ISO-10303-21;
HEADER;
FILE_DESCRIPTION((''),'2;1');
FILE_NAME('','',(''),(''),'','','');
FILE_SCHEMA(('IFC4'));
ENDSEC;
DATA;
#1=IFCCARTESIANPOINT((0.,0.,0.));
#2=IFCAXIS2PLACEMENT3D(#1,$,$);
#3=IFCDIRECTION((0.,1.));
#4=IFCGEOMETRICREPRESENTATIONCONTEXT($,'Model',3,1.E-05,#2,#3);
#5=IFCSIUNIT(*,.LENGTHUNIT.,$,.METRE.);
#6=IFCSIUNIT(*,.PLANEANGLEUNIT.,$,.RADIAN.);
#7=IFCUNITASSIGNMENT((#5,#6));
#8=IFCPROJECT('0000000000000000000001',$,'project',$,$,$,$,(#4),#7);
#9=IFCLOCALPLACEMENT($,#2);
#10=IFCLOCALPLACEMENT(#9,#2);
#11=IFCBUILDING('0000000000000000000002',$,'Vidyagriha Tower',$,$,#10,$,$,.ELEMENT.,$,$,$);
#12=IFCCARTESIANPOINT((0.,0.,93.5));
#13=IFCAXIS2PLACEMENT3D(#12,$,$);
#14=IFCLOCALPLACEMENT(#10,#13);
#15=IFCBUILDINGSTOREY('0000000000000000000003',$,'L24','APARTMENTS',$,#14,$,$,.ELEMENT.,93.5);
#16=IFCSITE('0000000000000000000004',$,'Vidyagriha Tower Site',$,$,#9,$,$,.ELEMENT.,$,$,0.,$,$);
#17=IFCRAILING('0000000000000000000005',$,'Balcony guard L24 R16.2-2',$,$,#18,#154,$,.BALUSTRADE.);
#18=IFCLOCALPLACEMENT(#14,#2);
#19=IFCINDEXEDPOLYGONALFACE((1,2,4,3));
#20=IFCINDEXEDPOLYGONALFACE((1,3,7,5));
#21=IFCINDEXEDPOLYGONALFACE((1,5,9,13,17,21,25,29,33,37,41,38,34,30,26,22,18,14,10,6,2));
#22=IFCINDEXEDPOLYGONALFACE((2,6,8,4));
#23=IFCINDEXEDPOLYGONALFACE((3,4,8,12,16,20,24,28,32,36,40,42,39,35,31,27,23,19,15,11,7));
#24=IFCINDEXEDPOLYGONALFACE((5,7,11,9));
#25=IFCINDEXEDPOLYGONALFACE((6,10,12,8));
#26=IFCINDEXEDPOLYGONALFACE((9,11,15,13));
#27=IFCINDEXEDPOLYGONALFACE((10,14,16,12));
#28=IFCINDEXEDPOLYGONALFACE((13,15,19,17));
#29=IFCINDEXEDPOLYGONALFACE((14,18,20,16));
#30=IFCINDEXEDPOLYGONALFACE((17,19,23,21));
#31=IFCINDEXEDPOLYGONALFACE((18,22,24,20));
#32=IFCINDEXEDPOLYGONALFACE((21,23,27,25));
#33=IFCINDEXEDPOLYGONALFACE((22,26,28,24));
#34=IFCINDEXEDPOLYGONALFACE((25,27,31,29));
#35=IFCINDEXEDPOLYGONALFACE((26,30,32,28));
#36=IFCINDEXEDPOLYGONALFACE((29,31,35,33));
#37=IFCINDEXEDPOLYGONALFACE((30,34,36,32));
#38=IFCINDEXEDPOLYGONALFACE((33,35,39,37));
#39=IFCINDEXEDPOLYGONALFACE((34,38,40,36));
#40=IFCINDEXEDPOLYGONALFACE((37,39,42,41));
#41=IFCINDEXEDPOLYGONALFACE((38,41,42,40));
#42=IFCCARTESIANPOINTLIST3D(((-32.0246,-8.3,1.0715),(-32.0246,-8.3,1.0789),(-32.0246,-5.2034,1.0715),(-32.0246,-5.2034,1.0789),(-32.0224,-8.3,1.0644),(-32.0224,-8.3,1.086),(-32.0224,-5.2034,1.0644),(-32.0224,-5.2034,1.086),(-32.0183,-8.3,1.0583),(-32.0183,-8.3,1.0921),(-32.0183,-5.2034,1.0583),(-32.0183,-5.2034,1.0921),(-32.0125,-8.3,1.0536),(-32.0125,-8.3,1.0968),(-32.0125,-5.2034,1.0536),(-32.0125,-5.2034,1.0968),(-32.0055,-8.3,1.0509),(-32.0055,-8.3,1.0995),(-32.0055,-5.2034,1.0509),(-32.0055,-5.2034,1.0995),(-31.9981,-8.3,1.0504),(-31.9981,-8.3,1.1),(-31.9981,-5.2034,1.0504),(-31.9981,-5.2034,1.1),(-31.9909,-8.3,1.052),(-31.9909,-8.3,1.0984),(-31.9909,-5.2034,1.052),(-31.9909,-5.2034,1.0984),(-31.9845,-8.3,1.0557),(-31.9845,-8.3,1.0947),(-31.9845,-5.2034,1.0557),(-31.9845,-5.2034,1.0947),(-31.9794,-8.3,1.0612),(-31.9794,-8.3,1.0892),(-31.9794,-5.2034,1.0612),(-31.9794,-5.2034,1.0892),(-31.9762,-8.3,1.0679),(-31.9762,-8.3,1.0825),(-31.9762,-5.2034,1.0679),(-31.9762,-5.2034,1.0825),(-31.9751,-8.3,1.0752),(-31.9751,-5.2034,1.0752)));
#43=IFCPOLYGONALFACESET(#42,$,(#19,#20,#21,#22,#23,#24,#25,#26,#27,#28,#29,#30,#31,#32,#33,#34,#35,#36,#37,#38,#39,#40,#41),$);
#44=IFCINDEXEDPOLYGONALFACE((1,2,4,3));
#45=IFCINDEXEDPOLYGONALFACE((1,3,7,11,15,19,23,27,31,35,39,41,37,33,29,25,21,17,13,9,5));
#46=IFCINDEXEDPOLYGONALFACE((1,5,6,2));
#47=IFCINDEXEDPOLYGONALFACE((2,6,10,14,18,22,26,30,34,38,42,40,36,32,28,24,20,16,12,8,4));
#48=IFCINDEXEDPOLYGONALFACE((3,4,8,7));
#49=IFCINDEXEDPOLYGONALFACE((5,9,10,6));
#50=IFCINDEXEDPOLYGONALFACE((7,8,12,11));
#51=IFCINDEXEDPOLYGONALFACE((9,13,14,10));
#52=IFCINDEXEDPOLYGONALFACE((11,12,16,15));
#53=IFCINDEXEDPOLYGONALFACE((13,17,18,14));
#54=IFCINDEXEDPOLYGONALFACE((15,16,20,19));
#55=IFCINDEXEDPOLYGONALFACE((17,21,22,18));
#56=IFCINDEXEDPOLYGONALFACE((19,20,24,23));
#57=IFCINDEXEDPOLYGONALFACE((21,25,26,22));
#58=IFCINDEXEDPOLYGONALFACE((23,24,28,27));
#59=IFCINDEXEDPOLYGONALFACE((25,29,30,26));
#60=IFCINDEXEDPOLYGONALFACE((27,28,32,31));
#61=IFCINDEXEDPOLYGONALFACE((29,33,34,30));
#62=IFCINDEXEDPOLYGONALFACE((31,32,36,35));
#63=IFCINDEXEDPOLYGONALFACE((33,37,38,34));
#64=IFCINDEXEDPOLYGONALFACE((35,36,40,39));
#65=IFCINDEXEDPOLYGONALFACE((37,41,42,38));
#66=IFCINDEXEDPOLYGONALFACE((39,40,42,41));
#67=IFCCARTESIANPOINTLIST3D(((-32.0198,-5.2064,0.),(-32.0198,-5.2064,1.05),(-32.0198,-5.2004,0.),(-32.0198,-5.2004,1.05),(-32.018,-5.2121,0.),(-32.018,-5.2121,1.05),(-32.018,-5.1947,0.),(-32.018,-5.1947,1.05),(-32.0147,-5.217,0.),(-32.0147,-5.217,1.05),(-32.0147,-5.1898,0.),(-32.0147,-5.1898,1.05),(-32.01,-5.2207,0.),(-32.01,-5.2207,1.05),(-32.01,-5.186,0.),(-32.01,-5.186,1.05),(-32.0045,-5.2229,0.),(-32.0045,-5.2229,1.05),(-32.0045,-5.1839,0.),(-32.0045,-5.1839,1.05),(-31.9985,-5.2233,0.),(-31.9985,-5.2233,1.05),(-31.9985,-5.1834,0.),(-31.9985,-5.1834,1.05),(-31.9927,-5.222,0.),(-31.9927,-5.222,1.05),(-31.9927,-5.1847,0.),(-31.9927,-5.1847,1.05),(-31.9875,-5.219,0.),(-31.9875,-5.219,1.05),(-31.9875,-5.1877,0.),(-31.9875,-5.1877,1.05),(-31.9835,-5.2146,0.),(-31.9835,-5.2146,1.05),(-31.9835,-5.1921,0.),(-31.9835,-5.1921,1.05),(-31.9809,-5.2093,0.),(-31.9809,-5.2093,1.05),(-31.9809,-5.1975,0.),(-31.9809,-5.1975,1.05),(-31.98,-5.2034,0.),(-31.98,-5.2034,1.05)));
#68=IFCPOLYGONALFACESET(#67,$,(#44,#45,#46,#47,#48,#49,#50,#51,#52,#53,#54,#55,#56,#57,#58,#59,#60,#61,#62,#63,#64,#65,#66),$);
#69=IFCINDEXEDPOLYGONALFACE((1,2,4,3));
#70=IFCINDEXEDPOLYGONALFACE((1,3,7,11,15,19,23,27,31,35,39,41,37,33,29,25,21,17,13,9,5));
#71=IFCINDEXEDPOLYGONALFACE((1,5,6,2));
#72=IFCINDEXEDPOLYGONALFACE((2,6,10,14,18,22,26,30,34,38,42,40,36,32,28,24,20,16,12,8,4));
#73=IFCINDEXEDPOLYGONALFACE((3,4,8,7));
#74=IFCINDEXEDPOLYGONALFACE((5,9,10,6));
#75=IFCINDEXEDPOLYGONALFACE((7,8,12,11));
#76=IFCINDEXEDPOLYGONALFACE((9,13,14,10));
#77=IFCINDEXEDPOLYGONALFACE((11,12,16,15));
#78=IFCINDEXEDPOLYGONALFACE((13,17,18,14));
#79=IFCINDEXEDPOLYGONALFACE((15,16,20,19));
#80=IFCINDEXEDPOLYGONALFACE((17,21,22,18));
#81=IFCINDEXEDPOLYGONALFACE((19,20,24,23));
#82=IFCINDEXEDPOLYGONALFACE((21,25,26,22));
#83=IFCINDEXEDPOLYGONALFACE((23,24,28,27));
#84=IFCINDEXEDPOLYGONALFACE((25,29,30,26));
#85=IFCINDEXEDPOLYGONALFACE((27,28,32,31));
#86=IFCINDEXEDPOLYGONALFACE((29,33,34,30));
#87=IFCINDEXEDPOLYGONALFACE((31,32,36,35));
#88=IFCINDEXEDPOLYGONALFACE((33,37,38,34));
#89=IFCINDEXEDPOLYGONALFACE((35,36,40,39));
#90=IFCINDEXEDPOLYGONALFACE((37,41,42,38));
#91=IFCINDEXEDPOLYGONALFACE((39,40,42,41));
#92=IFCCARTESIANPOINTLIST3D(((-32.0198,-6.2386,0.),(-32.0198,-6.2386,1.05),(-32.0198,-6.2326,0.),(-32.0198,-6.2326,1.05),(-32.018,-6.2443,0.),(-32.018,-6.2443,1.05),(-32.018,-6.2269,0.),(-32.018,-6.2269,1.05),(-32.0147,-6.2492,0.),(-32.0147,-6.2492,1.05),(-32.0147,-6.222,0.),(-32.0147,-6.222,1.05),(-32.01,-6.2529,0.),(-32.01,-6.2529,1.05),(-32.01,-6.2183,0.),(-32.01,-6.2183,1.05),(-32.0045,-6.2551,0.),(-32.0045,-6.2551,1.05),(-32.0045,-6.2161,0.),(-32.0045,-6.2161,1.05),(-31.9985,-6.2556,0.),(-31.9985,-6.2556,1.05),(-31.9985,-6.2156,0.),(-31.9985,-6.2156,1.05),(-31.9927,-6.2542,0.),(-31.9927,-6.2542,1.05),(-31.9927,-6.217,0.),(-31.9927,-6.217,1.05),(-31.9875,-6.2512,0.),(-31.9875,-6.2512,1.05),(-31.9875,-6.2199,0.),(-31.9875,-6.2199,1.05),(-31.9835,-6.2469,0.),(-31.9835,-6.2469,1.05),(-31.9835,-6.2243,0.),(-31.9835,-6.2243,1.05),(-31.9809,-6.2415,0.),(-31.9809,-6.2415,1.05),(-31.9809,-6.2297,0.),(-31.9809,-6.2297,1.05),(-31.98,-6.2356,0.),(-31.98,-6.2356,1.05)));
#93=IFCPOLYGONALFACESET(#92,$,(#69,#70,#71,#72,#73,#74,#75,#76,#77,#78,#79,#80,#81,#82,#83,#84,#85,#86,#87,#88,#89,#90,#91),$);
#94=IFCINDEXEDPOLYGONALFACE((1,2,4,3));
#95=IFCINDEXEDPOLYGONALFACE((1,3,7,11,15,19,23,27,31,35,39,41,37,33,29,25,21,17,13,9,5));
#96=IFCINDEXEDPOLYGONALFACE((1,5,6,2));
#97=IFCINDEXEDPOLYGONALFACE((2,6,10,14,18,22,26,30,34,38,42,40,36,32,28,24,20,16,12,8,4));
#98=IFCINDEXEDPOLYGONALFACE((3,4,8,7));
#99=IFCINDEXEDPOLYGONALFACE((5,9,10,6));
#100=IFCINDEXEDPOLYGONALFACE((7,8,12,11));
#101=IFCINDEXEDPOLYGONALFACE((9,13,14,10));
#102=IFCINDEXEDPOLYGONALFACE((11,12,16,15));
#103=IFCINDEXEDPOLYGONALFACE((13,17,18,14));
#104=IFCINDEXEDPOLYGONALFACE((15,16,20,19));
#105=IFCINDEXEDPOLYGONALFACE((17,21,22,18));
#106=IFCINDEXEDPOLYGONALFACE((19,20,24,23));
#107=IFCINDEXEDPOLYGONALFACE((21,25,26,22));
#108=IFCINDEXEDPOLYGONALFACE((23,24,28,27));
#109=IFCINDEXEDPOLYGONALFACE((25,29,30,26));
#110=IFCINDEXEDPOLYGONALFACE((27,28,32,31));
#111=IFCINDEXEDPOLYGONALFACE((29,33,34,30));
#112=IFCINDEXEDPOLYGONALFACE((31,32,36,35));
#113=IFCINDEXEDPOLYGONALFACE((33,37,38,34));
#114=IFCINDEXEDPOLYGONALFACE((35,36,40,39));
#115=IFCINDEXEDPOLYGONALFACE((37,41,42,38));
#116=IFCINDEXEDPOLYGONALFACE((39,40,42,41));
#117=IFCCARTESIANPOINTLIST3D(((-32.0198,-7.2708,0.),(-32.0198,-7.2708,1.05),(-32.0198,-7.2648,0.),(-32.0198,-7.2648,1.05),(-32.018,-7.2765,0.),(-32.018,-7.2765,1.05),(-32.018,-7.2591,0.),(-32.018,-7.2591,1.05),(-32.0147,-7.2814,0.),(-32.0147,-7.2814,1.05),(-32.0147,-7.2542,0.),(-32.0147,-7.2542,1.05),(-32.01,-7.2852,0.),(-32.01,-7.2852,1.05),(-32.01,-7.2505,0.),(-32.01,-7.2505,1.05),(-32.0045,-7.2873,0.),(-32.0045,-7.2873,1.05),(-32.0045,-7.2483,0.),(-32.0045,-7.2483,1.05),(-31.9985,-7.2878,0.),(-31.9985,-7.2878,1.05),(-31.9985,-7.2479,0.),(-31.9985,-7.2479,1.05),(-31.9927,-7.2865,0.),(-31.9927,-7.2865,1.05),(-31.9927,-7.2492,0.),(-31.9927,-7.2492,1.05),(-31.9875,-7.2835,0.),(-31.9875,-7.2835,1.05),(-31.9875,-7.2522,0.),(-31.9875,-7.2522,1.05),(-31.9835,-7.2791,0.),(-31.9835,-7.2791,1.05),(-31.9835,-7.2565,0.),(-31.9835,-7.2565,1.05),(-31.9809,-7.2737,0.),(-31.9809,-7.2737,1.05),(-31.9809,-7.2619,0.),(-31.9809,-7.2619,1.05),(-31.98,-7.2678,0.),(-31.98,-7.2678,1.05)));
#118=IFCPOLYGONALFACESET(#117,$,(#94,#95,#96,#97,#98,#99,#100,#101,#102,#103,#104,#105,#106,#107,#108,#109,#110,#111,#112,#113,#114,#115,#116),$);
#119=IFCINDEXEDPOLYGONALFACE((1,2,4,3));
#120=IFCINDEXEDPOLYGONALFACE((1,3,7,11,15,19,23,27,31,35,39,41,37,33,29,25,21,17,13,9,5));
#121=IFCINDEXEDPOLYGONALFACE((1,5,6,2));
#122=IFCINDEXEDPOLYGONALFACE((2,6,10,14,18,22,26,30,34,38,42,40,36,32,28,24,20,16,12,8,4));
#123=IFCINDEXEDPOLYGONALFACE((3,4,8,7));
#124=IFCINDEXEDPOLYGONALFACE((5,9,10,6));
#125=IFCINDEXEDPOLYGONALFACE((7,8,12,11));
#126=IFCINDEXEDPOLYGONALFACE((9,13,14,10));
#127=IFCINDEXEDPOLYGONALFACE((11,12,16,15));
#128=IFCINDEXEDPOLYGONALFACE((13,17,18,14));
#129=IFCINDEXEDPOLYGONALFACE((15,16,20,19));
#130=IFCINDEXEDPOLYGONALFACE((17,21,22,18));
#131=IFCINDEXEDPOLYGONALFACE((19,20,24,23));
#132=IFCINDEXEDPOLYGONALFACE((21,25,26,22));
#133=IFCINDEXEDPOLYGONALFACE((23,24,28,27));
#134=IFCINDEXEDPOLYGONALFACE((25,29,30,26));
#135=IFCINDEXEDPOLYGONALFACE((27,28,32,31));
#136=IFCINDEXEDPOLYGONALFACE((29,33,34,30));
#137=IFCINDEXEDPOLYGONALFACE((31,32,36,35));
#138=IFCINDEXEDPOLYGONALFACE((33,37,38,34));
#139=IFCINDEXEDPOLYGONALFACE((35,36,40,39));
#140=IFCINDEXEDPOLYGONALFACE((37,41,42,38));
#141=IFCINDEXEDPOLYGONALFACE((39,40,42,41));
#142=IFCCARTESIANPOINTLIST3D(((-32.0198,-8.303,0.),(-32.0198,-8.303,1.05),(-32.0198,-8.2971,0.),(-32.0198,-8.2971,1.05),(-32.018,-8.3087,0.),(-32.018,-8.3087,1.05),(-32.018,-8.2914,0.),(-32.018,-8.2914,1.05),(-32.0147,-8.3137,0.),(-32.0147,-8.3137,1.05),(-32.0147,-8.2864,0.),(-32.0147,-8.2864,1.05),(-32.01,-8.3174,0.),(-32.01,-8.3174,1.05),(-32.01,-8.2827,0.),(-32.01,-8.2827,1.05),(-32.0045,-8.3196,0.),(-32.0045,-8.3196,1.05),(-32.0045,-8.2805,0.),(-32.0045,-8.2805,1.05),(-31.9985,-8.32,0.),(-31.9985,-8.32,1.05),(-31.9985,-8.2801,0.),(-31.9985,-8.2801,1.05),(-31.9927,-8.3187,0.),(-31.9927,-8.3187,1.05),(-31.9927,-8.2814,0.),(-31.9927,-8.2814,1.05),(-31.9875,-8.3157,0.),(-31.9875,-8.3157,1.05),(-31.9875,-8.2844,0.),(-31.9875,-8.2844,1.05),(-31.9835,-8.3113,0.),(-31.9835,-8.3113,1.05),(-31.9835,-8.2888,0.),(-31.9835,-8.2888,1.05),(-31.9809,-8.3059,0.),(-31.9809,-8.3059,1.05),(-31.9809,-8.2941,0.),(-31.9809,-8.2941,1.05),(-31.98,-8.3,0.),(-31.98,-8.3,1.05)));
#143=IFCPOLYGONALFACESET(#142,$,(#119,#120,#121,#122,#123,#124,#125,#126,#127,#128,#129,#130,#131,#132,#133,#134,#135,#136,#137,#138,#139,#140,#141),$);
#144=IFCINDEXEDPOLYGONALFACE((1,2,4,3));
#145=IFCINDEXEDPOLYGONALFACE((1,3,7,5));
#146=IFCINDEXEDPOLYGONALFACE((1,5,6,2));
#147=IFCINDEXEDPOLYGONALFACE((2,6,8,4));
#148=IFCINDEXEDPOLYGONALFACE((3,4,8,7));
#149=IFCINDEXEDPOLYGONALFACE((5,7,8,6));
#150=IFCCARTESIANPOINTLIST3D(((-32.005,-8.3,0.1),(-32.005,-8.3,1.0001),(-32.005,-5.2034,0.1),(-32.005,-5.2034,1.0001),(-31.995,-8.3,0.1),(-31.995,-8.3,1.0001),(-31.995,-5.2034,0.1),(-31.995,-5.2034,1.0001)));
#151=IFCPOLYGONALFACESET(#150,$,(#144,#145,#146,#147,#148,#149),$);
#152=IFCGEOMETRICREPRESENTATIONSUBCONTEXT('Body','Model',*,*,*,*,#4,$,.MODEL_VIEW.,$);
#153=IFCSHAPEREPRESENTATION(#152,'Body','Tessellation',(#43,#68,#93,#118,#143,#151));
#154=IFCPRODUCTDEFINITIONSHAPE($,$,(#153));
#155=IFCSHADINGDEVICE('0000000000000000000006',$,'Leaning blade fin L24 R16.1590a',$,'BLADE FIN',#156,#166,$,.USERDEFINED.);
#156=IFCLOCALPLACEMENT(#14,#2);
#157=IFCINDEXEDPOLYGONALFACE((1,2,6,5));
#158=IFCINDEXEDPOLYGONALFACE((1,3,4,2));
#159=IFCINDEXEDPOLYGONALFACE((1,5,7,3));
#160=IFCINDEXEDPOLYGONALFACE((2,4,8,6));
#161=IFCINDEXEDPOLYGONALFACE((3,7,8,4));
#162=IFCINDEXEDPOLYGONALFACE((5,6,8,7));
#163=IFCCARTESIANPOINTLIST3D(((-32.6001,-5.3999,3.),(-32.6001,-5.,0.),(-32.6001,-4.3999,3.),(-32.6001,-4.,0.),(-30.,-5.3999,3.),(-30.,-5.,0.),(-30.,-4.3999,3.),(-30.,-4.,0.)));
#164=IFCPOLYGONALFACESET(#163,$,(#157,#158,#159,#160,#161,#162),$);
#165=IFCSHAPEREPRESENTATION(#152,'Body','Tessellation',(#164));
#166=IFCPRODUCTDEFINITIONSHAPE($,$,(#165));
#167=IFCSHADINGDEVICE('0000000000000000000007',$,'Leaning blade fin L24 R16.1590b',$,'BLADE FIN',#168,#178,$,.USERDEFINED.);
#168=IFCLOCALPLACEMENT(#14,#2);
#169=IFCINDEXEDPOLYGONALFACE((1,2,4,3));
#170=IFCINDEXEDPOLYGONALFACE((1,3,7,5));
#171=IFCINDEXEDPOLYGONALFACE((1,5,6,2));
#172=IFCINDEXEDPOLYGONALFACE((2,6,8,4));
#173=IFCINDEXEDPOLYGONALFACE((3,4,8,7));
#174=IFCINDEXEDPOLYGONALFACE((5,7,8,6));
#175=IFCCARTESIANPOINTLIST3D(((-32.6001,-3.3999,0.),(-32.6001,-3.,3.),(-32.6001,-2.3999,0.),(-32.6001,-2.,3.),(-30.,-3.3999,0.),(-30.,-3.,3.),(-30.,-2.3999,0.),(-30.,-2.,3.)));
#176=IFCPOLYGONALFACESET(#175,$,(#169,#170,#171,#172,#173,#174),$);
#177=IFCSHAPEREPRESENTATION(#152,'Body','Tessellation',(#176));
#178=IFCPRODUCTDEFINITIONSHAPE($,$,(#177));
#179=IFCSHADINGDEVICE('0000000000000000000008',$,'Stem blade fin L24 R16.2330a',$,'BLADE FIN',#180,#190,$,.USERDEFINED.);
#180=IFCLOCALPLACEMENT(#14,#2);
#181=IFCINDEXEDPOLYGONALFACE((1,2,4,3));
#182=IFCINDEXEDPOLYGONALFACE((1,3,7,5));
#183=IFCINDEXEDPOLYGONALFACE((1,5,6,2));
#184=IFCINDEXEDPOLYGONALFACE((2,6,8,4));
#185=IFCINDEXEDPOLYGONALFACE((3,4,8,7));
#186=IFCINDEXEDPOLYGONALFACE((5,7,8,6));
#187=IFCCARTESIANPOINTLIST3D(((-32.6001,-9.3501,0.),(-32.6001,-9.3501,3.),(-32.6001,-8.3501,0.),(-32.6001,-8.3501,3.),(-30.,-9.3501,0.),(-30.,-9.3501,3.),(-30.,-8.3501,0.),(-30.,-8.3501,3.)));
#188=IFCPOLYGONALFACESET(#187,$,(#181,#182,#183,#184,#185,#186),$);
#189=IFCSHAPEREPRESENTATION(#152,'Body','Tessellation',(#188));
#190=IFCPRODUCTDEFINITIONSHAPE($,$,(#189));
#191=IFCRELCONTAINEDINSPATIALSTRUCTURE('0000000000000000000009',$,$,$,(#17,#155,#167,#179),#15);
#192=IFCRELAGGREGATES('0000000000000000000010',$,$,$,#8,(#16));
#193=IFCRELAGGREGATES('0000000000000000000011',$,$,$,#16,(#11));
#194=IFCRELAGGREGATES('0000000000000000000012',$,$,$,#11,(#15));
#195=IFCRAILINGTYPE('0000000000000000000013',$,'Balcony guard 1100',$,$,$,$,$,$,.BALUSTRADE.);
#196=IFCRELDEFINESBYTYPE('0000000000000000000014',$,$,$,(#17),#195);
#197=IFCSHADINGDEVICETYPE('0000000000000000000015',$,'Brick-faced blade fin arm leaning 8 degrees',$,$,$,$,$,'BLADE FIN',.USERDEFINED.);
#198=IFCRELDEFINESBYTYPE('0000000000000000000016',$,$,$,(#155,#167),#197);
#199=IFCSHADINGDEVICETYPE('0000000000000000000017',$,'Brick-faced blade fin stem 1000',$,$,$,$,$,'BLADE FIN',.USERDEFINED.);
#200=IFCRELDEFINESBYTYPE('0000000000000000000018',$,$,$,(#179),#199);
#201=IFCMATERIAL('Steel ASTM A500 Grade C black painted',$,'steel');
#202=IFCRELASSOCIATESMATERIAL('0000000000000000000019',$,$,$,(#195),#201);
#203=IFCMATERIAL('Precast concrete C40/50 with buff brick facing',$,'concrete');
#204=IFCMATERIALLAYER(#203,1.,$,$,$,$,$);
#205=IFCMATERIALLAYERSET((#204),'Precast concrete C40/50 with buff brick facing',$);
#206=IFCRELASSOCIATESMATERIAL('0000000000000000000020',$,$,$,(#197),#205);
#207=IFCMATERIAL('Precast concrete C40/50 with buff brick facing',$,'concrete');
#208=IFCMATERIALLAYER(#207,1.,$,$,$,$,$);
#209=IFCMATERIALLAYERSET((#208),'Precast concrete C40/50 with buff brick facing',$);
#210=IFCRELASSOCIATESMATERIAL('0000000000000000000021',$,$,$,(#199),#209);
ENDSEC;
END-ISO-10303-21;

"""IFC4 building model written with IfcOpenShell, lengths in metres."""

from ifc_helpers import new_model, si_unit, direction, frame, origin, origin_2d, place, context, subcontext, project, spatial, polyline, rectangle, circle, outline, extrude, material, layer, layer_set, type_object, element, save


model = new_model("IFC4")

# Units and contexts
model_context = context("Model", 3, precision=1e-05, world=origin(), true_north=direction((0.0, 1.0)))
body_context = subcontext(model_context, "Body", "Model", "MODEL_VIEW")
ifc_project = project(units=[si_unit("LENGTHUNIT", "METRE"), si_unit("PLANEANGLEUNIT", "RADIAN")], contexts=[model_context])

# Site, building, storey
site_placement = place(None, origin())
site = spatial("IfcSite", under=ifc_project, at=site_placement, Name="Vidyagriha Tower Site", CompositionType="ELEMENT", RefElevation=0.0)
building_placement = place(site_placement, origin())
building = spatial("IfcBuilding", under=site, at=building_placement, Name="Vidyagriha Tower", CompositionType="ELEMENT")
storey_placement = place(building_placement, frame((0.0, 0.0, 93.5)))
storey = spatial("IfcBuildingStorey", under=building, at=storey_placement, Name="L24", Description="APARTMENTS", CompositionType="ELEMENT", Elevation=93.5)

# Railing
ifc_material_1 = material(Name="Steel ASTM A500 Grade C black painted", Category="steel")
railing_type_1 = type_object("IfcRailingType", Name="Balcony guard 1100", PredefinedType="BALUSTRADE", material=ifc_material_1)
railing_1_placement = place(storey_placement, frame((-32.0, -5.2034, 0.0)))
element("IfcRailing", 1, at=railing_1_placement, inside=storey, type_object=railing_type_1, Name="Balcony guard L24 R16.2-2", PredefinedType="BALUSTRADE", context=body_context, shape_type="SweptSolid", body=[
    extrude(circle(Radius=0.0249, at=origin_2d()), frame((0.0, 0.0, 1.0752), z_axis=(0.0, -1.0, 0.0), x_axis=(1.0, 0.0, 0.0)), (0.0, 0.0, 1.0), 3.0967),
    extrude(circle(Radius=0.02, at=origin_2d()), origin(), (0.0, 0.0, 1.0), 1.05),
    extrude(circle(Radius=0.02, at=origin_2d()), frame((0.0, -1.0322, 0.0)), (0.0, 0.0, 1.0), 1.05),
    extrude(circle(Radius=0.02, at=origin_2d()), frame((0.0, -2.0645, 0.0)), (0.0, 0.0, 1.0), 1.05),
    extrude(circle(Radius=0.02, at=origin_2d()), frame((0.0, -3.0967, 0.0)), (0.0, 0.0, 1.0), 1.05),
    extrude(rectangle(XDim=0.01, YDim=0.9001, at=origin_2d()), frame((0.0, 0.0, 0.55), z_axis=(0.0, -1.0, 0.0), x_axis=(1.0, 0.0, 0.0)), (0.0, 0.0, 1.0), 3.0967),
])

# Shading devices
ifc_material_2 = material(Name="Precast concrete C40/50 with buff brick facing", Category="concrete")
ifc_layer_1 = layer(ifc_material_2, 1.0)
ifc_layer_set_1 = layer_set([ifc_layer_1], Name="Precast concrete C40/50 with buff brick facing")
shading_device_type_1 = type_object("IfcShadingDeviceType", Name="Brick-faced blade fin arm leaning 8 degrees", ElementType="BLADE FIN", PredefinedType="USERDEFINED", material=ifc_layer_set_1)
shading_device_1_placement = place(storey_placement, frame((-31.3, -4.0, 0.0), z_axis=(0.0, 0.0, 1.0), x_axis=(0.0, -1.0, 0.0)))
element("IfcShadingDevice", 2, at=shading_device_1_placement, inside=storey, type_object=shading_device_type_1, Name="Leaning blade fin L24 R16.1590a", ObjectType="BLADE FIN", PredefinedType="USERDEFINED", context=body_context, shape_type="SweptSolid", body=[
    extrude(outline(polyline([(0.0, 0.0), (1.0, 0.0), (1.3999, 3.0), (0.3999, 3.0), (0.0, 0.0)])), frame((0.0, 1.3, 0.0), z_axis=(0.0, -1.0, 0.0), x_axis=(1.0, 0.0, 0.0)), (0.0, 0.0, 1.0), 2.6001),
])
shading_device_2_placement = place(storey_placement, frame((-31.3, -2.0, 0.0), z_axis=(0.0, 0.0, 1.0), x_axis=(0.0, -1.0, 0.0)))
element("IfcShadingDevice", 3, at=shading_device_2_placement, inside=storey, type_object=shading_device_type_1, Name="Leaning blade fin L24 R16.1590b", ObjectType="BLADE FIN", PredefinedType="USERDEFINED", context=body_context, shape_type="SweptSolid", body=[
    extrude(outline(polyline([(0.3999, 0.0), (1.3999, 0.0), (1.0, 3.0), (0.0, 3.0), (0.3999, 0.0)])), frame((0.0, 1.3, 0.0), z_axis=(0.0, -1.0, 0.0), x_axis=(1.0, 0.0, 0.0)), (0.0, 0.0, 1.0), 2.6001),
])
ifc_material_3 = material(Name="Precast concrete C40/50 with buff brick facing", Category="concrete")
ifc_layer_2 = layer(ifc_material_3, 1.0)
ifc_layer_set_2 = layer_set([ifc_layer_2], Name="Precast concrete C40/50 with buff brick facing")
shading_device_type_2 = type_object("IfcShadingDeviceType", Name="Brick-faced blade fin stem 1000", ElementType="BLADE FIN", PredefinedType="USERDEFINED", material=ifc_layer_set_2)
shading_device_3_placement = place(storey_placement, frame((-31.3, -8.3501, 0.0), z_axis=(0.0, 0.0, 1.0), x_axis=(0.0, -1.0, 0.0)))
element("IfcShadingDevice", 4, at=shading_device_3_placement, inside=storey, type_object=shading_device_type_2, Name="Stem blade fin L24 R16.2330a", ObjectType="BLADE FIN", PredefinedType="USERDEFINED", context=body_context, shape_type="SweptSolid", body=[
    extrude(outline(polyline([(0.0, 0.0), (1.0, 0.0), (1.0, 3.0), (0.0, 3.0), (0.0, 0.0)])), frame((0.0, 1.3, 0.0), z_axis=(0.0, -1.0, 0.0), x_axis=(1.0, 0.0, 0.0)), (0.0, 0.0, 1.0), 2.6001),
])

save(model, "model.ifc")
